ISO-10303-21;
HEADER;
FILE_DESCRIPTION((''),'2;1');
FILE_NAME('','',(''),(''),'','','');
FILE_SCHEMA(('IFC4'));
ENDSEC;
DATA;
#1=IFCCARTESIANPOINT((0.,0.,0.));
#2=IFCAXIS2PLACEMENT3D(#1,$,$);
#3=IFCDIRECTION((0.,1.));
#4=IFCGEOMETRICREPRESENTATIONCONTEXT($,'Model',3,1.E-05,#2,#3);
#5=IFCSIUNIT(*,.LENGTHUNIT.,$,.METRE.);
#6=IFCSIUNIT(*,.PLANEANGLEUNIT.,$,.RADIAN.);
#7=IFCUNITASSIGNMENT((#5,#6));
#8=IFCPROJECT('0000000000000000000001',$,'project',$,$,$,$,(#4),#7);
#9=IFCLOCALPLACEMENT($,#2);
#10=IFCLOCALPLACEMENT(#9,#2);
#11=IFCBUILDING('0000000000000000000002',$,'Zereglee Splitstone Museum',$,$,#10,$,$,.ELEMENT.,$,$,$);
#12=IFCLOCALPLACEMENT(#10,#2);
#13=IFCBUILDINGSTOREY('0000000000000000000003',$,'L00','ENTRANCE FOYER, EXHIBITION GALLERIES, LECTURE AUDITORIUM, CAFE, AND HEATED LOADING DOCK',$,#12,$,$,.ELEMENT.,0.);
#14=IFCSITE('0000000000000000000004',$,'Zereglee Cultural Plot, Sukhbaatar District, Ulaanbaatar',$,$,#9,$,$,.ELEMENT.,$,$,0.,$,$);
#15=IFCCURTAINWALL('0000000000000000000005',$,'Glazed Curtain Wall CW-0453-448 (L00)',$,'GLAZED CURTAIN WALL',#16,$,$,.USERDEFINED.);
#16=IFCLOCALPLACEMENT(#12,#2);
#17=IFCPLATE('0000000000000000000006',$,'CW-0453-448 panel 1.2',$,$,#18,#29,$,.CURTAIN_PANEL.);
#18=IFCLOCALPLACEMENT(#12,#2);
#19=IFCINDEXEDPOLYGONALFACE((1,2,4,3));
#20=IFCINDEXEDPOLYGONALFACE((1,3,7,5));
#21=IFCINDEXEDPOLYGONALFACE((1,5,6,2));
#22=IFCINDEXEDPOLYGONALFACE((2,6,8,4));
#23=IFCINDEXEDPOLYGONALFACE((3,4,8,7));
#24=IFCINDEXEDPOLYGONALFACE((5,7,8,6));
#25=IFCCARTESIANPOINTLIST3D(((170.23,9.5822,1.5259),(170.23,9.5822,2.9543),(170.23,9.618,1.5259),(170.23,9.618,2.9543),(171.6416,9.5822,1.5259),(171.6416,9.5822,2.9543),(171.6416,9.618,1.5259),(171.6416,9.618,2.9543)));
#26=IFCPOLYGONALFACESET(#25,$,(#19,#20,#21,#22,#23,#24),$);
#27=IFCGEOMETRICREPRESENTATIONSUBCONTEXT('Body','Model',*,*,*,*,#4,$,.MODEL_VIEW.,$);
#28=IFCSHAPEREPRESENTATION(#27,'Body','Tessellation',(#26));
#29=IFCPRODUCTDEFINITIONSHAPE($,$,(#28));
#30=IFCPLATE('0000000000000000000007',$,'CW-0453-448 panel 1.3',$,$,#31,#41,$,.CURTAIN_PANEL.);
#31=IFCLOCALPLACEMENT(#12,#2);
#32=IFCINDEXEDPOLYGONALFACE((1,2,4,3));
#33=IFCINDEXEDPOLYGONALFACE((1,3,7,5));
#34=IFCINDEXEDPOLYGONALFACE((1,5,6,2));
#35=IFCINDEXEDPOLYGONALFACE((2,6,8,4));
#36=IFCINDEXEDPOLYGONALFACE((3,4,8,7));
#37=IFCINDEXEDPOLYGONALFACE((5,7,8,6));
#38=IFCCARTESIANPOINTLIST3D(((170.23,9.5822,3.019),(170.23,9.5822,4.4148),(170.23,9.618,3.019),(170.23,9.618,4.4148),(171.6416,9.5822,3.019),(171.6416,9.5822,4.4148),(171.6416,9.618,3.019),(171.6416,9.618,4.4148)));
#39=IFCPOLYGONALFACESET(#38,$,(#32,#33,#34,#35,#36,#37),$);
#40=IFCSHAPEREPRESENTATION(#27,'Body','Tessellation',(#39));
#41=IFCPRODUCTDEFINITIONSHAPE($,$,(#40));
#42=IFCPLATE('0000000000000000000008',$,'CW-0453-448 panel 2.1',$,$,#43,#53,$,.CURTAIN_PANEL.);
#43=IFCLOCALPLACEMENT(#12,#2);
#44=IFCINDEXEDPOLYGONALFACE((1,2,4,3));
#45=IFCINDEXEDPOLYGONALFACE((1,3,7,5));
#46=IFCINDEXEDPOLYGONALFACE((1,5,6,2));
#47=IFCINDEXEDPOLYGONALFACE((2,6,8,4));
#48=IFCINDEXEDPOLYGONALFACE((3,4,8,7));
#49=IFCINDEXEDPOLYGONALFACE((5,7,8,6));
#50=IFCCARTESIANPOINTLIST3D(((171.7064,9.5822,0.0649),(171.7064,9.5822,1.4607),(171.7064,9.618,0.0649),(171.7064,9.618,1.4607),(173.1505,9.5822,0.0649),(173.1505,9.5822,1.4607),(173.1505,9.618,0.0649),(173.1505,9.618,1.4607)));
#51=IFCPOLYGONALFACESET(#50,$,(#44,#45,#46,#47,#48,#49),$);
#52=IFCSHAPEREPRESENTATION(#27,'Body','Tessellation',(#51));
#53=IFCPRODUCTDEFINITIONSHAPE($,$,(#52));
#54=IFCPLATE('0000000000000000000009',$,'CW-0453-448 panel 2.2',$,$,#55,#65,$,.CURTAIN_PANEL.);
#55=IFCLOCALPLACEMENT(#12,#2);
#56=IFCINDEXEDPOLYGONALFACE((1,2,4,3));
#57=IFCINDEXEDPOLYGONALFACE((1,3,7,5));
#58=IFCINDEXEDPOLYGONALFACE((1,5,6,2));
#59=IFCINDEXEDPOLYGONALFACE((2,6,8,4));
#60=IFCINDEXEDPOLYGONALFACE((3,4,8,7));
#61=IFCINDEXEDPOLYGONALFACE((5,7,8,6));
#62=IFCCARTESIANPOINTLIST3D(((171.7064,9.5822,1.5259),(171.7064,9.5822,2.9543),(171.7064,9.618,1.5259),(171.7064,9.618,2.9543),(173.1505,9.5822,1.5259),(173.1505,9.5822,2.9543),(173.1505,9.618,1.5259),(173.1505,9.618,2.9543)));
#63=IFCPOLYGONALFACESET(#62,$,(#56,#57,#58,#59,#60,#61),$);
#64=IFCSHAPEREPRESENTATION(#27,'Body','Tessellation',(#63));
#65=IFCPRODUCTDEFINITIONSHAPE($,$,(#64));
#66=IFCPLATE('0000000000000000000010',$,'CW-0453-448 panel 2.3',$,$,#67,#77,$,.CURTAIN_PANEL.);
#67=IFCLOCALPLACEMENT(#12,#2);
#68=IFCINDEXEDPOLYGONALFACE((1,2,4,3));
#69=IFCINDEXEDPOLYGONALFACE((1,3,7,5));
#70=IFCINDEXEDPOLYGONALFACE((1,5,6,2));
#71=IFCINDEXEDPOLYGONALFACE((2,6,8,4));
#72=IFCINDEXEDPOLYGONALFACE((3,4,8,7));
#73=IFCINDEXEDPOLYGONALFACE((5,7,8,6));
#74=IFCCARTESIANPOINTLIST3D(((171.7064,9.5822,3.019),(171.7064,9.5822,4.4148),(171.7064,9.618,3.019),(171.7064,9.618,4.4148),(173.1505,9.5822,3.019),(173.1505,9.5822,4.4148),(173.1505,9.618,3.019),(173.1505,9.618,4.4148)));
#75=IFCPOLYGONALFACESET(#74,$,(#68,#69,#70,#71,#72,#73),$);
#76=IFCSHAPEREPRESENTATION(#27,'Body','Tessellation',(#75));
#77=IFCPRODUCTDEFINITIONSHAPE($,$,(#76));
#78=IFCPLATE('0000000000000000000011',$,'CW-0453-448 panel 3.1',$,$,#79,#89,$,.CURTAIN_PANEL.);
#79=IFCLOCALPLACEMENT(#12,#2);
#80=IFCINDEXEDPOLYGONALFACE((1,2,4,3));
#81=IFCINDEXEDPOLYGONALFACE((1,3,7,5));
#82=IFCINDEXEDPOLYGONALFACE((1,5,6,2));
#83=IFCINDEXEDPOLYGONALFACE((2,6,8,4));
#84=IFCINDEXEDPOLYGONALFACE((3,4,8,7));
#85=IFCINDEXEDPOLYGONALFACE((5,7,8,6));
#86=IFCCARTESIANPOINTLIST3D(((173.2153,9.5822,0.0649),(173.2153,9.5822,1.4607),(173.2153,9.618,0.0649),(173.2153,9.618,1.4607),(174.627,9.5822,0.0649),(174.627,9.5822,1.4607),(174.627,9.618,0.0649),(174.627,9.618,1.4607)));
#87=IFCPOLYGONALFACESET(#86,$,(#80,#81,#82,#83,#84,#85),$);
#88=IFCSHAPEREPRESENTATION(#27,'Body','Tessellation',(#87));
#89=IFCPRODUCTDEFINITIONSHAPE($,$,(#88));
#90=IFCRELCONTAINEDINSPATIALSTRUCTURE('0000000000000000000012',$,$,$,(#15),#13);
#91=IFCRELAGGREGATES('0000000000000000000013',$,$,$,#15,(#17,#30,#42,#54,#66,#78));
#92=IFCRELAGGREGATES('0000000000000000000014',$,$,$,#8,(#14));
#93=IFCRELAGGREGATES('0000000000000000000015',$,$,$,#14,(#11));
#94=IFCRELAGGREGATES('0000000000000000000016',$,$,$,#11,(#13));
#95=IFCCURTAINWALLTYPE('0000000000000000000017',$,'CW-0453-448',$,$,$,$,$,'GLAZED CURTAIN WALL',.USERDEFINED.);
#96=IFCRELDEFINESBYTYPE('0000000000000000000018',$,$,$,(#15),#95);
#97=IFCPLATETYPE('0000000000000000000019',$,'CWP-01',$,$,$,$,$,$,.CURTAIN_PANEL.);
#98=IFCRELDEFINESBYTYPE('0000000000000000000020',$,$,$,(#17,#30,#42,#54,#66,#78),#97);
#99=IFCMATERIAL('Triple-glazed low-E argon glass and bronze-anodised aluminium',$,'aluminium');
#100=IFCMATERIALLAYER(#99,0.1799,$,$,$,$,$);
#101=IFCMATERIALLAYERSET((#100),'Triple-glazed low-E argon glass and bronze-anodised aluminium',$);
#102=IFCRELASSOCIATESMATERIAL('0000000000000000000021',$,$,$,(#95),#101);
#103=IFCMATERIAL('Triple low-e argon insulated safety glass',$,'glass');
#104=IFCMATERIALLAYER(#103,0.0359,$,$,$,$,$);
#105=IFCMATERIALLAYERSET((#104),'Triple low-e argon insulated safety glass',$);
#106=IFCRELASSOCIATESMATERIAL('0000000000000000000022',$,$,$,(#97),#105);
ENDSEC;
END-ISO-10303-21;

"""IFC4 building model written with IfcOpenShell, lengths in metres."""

from ifc_helpers import new_model, si_unit, direction, frame, origin, origin_2d, place, context, subcontext, project, spatial, rectangle, extrude, material, layer, layer_set, type_object, element, aggregate, save


model = new_model("IFC4")

# Units and contexts
model_context = context("Model", 3, precision=1e-05, world=origin(), true_north=direction((0.0, 1.0)))
body_context = subcontext(model_context, "Body", "Model", "MODEL_VIEW")
ifc_project = project(units=[si_unit("LENGTHUNIT", "METRE"), si_unit("PLANEANGLEUNIT", "RADIAN")], contexts=[model_context])

# Site, building, storey
site_placement = place(None, origin())
site = spatial("IfcSite", under=ifc_project, at=site_placement, Name="Zereglee Cultural Plot, Sukhbaatar District, Ulaanbaatar", CompositionType="ELEMENT", RefElevation=0.0)
building_placement = place(site_placement, origin())
building = spatial("IfcBuilding", under=site, at=building_placement, Name="Zereglee Splitstone Museum", CompositionType="ELEMENT")
storey_placement = place(building_placement, origin())
storey = spatial("IfcBuildingStorey", under=building, at=storey_placement, Name="L00", Description="ENTRANCE FOYER, EXHIBITION GALLERIES, LECTURE AUDITORIUM, CAFE, AND HEATED LOADING DOCK", CompositionType="ELEMENT", Elevation=0.0)

# Curtain wall, plates
ifc_material_1 = material(Name="Triple-glazed low-E argon glass and bronze-anodised aluminium", Category="aluminium")
ifc_layer_1 = layer(ifc_material_1, 0.1799)
ifc_layer_set_1 = layer_set([ifc_layer_1], Name="Triple-glazed low-E argon glass and bronze-anodised aluminium")
curtain_wall_type = type_object("IfcCurtainWallType", Name="CW-0453-448", ElementType="GLAZED CURTAIN WALL", PredefinedType="USERDEFINED", material=ifc_layer_set_1)
curtain_wall_placement = place(storey_placement, origin())
curtain_wall = element("IfcCurtainWall", 1, at=curtain_wall_placement, inside=storey, type_object=curtain_wall_type, Name="Glazed Curtain Wall CW-0453-448 (L00)", ObjectType="GLAZED CURTAIN WALL", PredefinedType="USERDEFINED")
ifc_material_2 = material(Name="Triple low-e argon insulated safety glass", Category="glass")
ifc_layer_2 = layer(ifc_material_2, 0.0359)
ifc_layer_set_2 = layer_set([ifc_layer_2], Name="Triple low-e argon insulated safety glass")
plate_type = type_object("IfcPlateType", Name="CWP-01", PredefinedType="CURTAIN_PANEL", material=ifc_layer_set_2)
plate_1_placement = place(storey_placement, frame((170.9358, 9.6001, 1.5259), z_axis=(0.0, 0.0, 1.0), x_axis=(1.0, 0.0, 0.0)))
plate_1 = element("IfcPlate", 2, at=plate_1_placement, type_object=plate_type, Name="CW-0453-448 panel 1.2", PredefinedType="CURTAIN_PANEL", context=body_context, shape_type="SweptSolid", body=[
    extrude(rectangle(XDim=1.4116, YDim=0.0359, at=origin_2d()), origin(), (0.0, 0.0, 1.0), 1.4285),
])
plate_2_placement = place(storey_placement, frame((170.9358, 9.6001, 3.019), z_axis=(0.0, 0.0, 1.0), x_axis=(1.0, 0.0, 0.0)))
plate_2 = element("IfcPlate", 3, at=plate_2_placement, type_object=plate_type, Name="CW-0453-448 panel 1.3", PredefinedType="CURTAIN_PANEL", context=body_context, shape_type="SweptSolid", body=[
    extrude(rectangle(XDim=1.4116, YDim=0.0359, at=origin_2d()), origin(), (0.0, 0.0, 1.0), 1.3958),
])
plate_3_placement = place(storey_placement, frame((172.4285, 9.6001, 0.0649), z_axis=(0.0, 0.0, 1.0), x_axis=(1.0, 0.0, 0.0)))
plate_3 = element("IfcPlate", 4, at=plate_3_placement, type_object=plate_type, Name="CW-0453-448 panel 2.1", PredefinedType="CURTAIN_PANEL", context=body_context, shape_type="SweptSolid", body=[
    extrude(rectangle(XDim=1.4441, YDim=0.0359, at=origin_2d()), origin(), (0.0, 0.0, 1.0), 1.3958),
])
plate_4_placement = place(storey_placement, frame((172.4285, 9.6001, 1.5259), z_axis=(0.0, 0.0, 1.0), x_axis=(1.0, 0.0, 0.0)))
plate_4 = element("IfcPlate", 5, at=plate_4_placement, type_object=plate_type, Name="CW-0453-448 panel 2.2", PredefinedType="CURTAIN_PANEL", context=body_context, shape_type="SweptSolid", body=[
    extrude(rectangle(XDim=1.4441, YDim=0.0359, at=origin_2d()), origin(), (0.0, 0.0, 1.0), 1.4285),
])
plate_5_placement = place(storey_placement, frame((172.4285, 9.6001, 3.019), z_axis=(0.0, 0.0, 1.0), x_axis=(1.0, 0.0, 0.0)))
plate_5 = element("IfcPlate", 6, at=plate_5_placement, type_object=plate_type, Name="CW-0453-448 panel 2.3", PredefinedType="CURTAIN_PANEL", context=body_context, shape_type="SweptSolid", body=[
    extrude(rectangle(XDim=1.4441, YDim=0.0359, at=origin_2d()), origin(), (0.0, 0.0, 1.0), 1.3958),
])
plate_6_placement = place(storey_placement, frame((173.9211, 9.6001, 0.0649), z_axis=(0.0, 0.0, 1.0), x_axis=(1.0, 0.0, 0.0)))
plate_6 = element("IfcPlate", 7, at=plate_6_placement, type_object=plate_type, Name="CW-0453-448 panel 3.1", PredefinedType="CURTAIN_PANEL", context=body_context, shape_type="SweptSolid", body=[
    extrude(rectangle(XDim=1.4116, YDim=0.0359, at=origin_2d()), origin(), (0.0, 0.0, 1.0), 1.3958),
])
aggregate(curtain_wall, [plate_1, plate_2, plate_3, plate_4, plate_5, plate_6])

save(model, "model.ifc")
